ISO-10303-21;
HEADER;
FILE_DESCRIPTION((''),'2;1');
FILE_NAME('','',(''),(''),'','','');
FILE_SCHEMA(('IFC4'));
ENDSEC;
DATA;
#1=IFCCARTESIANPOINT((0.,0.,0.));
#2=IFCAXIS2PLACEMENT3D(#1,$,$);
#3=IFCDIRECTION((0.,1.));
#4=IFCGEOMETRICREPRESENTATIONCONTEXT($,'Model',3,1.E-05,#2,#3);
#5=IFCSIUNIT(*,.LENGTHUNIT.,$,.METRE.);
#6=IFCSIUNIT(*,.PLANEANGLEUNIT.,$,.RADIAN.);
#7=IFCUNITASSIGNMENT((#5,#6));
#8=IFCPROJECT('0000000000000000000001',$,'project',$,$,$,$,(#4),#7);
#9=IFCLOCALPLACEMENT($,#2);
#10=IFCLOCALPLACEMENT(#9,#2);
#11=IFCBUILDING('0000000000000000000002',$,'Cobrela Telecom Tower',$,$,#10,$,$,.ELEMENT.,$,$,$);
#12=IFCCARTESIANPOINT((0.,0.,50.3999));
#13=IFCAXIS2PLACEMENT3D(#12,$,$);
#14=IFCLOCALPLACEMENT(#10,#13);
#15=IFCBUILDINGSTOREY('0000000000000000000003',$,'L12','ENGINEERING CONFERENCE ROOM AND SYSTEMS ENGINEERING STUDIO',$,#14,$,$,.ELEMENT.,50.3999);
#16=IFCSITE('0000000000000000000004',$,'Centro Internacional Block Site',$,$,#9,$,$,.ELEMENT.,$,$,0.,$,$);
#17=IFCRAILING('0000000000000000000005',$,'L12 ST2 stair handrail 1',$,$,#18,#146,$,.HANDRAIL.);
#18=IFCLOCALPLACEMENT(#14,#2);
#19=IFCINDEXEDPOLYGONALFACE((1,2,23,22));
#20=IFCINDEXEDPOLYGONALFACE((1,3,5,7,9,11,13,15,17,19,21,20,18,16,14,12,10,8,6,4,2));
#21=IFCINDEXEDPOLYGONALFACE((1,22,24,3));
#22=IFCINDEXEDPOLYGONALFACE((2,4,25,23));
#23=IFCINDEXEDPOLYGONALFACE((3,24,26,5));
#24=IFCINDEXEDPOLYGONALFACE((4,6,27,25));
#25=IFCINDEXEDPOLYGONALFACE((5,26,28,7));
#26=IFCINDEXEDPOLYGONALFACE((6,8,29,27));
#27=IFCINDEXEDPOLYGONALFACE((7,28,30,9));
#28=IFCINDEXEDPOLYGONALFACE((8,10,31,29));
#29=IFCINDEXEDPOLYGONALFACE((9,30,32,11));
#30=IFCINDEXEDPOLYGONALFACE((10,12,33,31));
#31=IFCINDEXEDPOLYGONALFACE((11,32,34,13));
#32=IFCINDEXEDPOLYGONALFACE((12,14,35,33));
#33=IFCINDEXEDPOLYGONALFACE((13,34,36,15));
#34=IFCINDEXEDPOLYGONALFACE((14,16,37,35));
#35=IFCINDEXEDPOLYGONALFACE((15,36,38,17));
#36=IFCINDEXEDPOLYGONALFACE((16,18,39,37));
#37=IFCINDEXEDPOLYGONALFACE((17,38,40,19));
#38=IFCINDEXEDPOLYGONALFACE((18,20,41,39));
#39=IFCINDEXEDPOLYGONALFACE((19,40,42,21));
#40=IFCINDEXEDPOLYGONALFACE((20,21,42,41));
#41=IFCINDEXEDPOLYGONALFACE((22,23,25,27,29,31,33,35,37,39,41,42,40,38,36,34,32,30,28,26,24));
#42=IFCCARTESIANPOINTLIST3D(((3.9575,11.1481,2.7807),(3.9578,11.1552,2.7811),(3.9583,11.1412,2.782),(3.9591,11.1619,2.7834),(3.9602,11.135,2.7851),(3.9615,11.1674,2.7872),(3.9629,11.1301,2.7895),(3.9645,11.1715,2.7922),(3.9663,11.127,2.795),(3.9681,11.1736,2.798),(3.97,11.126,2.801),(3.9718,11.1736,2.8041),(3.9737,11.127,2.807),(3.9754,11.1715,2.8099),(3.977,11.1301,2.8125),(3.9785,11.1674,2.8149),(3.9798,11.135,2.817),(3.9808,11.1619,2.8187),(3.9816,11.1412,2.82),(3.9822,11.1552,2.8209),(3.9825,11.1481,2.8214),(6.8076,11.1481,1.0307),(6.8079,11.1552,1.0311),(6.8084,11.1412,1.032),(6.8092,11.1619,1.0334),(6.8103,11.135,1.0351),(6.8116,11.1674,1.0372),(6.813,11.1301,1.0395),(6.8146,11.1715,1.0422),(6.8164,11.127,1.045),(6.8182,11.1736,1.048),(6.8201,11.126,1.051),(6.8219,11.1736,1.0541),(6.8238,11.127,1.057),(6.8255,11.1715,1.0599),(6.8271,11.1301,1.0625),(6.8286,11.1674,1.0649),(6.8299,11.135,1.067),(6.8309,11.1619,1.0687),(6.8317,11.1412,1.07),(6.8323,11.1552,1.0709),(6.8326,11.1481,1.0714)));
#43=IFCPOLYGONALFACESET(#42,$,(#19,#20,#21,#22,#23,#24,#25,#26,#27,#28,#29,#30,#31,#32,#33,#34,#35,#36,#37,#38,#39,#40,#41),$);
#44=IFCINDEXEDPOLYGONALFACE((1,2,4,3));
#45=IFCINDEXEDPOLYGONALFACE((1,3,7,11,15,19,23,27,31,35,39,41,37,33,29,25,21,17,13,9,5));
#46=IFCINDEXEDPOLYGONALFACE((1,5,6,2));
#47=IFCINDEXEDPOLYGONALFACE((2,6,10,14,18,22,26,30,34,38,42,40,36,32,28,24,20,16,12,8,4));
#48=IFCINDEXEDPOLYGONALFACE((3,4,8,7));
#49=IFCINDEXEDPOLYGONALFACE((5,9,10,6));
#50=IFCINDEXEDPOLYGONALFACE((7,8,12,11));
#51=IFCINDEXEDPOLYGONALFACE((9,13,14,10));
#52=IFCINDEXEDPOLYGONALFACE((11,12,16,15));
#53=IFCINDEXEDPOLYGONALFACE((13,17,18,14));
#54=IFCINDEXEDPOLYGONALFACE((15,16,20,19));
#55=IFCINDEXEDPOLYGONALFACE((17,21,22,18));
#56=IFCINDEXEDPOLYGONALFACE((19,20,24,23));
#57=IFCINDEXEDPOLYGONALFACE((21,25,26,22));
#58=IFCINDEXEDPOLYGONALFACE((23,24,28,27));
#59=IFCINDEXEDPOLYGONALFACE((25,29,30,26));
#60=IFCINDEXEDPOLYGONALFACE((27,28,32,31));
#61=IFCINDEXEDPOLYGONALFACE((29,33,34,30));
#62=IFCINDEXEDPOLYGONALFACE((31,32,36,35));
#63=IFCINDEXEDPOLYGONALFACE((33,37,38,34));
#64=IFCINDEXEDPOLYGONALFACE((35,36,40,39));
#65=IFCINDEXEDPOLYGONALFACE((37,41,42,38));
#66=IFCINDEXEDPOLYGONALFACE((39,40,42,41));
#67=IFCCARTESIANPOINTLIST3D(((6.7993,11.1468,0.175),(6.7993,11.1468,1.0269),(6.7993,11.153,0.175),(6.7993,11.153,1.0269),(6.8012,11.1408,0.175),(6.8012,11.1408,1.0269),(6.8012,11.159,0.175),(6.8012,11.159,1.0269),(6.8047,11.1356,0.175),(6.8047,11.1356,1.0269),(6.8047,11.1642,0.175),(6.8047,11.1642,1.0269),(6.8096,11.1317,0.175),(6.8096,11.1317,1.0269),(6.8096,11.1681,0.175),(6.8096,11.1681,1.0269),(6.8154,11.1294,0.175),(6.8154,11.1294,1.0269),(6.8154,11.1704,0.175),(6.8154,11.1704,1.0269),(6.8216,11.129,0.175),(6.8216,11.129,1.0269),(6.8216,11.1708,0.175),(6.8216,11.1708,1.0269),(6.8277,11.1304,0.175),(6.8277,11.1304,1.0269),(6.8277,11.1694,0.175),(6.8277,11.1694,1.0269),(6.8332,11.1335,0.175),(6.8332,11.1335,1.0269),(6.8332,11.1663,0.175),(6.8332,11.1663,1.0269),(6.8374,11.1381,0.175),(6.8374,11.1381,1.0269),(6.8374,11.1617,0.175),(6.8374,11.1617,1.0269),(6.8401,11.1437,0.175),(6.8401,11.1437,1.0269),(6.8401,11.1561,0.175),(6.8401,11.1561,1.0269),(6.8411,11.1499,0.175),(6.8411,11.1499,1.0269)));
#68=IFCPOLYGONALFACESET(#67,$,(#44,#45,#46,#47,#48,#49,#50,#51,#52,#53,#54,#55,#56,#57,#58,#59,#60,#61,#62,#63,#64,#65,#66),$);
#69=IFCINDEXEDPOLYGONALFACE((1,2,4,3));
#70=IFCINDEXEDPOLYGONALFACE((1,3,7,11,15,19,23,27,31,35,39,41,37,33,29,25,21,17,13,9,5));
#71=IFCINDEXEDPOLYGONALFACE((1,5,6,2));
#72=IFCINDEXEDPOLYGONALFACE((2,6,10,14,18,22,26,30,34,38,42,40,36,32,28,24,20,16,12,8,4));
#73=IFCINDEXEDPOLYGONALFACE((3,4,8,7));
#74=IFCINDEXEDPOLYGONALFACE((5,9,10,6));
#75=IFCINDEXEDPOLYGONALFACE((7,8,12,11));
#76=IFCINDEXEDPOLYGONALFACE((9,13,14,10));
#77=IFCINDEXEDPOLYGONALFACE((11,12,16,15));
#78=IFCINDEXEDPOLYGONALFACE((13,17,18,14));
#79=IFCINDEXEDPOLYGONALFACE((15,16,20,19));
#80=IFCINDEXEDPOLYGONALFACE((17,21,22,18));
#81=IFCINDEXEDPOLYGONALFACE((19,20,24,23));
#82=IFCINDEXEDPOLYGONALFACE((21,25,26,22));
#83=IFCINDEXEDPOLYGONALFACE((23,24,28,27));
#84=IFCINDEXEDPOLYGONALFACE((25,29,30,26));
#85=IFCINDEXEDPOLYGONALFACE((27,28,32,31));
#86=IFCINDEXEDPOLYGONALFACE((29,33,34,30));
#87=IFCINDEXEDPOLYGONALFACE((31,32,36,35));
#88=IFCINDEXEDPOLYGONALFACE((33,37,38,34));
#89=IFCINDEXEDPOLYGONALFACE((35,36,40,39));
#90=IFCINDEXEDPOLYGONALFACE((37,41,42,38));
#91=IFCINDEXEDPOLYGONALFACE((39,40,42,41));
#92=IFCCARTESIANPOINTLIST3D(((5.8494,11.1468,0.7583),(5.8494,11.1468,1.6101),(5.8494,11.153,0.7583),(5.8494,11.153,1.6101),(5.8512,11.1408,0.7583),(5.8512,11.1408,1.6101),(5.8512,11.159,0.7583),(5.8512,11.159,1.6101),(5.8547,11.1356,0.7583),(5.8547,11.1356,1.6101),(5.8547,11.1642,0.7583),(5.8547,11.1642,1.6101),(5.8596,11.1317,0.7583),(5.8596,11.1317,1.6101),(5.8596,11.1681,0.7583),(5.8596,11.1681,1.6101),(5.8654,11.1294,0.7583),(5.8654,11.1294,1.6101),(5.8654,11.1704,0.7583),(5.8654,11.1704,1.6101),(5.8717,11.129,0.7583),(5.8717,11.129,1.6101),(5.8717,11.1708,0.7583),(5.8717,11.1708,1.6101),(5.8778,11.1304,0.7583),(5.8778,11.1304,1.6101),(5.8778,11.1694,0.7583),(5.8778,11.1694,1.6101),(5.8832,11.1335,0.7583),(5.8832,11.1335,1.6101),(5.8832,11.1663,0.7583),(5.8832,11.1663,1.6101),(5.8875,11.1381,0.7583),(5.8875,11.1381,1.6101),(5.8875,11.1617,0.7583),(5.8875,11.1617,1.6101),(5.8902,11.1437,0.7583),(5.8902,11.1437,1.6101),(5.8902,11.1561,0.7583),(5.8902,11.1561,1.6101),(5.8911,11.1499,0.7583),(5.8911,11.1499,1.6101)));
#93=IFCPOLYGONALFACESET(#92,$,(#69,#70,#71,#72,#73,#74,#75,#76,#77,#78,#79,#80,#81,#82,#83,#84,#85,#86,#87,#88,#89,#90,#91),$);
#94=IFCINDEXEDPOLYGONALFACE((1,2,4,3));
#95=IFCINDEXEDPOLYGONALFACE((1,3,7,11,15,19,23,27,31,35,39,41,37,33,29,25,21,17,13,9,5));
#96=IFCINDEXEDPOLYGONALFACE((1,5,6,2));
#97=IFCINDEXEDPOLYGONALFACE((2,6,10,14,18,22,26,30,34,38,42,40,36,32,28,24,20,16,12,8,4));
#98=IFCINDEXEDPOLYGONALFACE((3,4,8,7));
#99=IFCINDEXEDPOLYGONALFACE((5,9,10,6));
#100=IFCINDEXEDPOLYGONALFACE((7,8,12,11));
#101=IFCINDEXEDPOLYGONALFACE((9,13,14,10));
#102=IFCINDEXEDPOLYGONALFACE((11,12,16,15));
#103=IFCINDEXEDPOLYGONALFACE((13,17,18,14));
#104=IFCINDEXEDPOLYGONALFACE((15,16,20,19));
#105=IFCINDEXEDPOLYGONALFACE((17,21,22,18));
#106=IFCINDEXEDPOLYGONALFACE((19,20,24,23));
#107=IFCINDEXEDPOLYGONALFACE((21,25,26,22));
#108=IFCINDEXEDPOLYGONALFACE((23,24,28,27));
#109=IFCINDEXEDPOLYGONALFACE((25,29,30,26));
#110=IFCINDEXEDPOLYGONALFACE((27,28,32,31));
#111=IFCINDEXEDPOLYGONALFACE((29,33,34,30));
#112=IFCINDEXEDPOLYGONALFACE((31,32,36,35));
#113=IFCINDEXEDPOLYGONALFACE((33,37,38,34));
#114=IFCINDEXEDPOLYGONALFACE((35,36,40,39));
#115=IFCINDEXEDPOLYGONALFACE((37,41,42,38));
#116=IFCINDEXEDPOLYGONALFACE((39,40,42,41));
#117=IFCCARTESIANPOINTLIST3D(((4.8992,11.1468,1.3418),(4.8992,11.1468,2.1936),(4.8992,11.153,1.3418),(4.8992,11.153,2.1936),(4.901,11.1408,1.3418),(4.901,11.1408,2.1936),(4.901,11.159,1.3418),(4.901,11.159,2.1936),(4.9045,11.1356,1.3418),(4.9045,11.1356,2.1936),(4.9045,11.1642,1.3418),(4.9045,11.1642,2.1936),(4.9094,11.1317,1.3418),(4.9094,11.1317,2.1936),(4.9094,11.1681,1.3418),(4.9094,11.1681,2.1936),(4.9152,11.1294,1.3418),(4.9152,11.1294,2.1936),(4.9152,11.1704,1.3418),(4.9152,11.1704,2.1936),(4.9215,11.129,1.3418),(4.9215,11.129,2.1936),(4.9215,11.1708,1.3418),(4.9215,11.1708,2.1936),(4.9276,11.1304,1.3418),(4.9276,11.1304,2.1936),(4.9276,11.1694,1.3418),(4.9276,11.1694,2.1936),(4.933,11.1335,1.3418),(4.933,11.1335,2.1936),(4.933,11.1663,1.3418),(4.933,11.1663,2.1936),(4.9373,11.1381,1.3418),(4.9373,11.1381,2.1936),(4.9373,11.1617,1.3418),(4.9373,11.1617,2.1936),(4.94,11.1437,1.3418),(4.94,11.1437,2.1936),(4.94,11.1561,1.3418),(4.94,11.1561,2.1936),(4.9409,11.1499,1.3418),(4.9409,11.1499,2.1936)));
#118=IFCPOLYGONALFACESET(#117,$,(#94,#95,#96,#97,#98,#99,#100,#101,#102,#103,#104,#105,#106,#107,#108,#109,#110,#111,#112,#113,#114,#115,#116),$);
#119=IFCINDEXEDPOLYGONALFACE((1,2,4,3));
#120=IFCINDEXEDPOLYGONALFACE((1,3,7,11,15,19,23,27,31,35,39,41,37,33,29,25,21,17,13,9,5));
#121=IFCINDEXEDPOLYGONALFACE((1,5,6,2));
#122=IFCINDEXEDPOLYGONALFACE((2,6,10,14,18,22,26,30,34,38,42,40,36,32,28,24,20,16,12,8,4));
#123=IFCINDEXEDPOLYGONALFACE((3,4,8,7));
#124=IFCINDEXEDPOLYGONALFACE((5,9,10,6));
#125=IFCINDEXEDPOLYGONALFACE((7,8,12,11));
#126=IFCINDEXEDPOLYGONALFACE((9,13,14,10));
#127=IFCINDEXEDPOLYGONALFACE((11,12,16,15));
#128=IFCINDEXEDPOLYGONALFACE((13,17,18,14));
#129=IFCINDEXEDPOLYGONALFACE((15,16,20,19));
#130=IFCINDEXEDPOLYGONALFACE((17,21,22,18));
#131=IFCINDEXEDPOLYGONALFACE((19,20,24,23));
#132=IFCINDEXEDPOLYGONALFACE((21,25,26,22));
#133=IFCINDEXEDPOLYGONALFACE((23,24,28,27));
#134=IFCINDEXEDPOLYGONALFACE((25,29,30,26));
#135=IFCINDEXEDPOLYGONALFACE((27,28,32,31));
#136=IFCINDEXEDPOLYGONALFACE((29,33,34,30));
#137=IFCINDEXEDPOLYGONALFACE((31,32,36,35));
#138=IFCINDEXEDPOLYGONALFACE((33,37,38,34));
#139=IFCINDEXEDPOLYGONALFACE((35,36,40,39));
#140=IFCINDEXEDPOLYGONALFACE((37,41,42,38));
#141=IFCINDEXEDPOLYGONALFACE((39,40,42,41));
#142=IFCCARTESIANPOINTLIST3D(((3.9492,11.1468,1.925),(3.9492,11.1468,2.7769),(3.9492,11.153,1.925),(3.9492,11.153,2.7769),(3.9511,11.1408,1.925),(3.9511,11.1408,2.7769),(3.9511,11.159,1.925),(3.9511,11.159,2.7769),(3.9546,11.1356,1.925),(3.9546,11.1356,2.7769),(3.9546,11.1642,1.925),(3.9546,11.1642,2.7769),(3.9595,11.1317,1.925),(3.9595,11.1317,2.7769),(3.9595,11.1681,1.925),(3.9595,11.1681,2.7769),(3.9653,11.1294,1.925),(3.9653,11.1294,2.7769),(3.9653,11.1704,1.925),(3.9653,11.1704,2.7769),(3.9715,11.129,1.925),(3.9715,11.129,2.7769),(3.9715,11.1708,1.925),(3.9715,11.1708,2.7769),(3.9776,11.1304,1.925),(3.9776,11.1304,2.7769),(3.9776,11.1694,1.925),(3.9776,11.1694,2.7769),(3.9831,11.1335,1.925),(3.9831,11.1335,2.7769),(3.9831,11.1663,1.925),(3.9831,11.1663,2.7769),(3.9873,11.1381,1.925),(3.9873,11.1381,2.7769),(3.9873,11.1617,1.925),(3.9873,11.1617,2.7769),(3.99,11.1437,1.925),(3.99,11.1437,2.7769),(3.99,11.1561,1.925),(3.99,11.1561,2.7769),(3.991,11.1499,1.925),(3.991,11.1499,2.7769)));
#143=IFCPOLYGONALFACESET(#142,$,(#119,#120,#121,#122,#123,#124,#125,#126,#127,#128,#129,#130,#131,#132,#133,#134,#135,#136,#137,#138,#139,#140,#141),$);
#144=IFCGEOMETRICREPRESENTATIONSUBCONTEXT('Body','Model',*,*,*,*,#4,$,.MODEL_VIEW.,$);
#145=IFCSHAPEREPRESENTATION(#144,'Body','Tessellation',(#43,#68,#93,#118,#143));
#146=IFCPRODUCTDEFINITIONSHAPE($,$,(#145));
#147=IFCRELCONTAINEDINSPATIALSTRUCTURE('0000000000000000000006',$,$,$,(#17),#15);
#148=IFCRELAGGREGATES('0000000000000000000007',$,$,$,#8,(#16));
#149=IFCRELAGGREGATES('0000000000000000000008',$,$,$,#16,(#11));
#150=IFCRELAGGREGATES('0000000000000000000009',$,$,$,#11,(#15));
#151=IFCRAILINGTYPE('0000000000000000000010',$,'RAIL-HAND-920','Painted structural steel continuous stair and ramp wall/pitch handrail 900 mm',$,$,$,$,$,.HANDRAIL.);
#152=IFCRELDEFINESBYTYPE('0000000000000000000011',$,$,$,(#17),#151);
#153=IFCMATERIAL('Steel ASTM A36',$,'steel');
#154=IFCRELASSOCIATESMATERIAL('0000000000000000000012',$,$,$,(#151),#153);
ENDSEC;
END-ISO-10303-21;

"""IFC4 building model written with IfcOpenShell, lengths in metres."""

from ifc_helpers import new_model, si_unit, direction, frame, origin, origin_2d, place, context, subcontext, project, spatial, circle, extrude, material, type_object, element, save


model = new_model("IFC4")

# Units and contexts
model_context = context("Model", 3, precision=1e-05, world=origin(), true_north=direction((0.0, 1.0)))
body_context = subcontext(model_context, "Body", "Model", "MODEL_VIEW")
ifc_project = project(units=[si_unit("LENGTHUNIT", "METRE"), si_unit("PLANEANGLEUNIT", "RADIAN")], contexts=[model_context])

# Site, building, storey
site_placement = place(None, origin())
site = spatial("IfcSite", under=ifc_project, at=site_placement, Name="Centro Internacional Block Site", CompositionType="ELEMENT", RefElevation=0.0)
building_placement = place(site_placement, origin())
building = spatial("IfcBuilding", under=site, at=building_placement, Name="Cobrela Telecom Tower", CompositionType="ELEMENT")
storey_placement = place(building_placement, frame((0.0, 0.0, 50.3999)))
storey = spatial("IfcBuildingStorey", under=building, at=storey_placement, Name="L12", Description="ENGINEERING CONFERENCE ROOM AND SYSTEMS ENGINEERING STUDIO", CompositionType="ELEMENT", Elevation=50.3999)

# Railing
ifc_material_1 = material(Name="Steel ASTM A36", Category="steel")
railing_type_1 = type_object("IfcRailingType", Name="RAIL-HAND-920", Description="Painted structural steel continuous stair and ramp wall/pitch handrail 900 mm", PredefinedType="HANDRAIL", material=ifc_material_1)
railing_1_placement = place(storey_placement, frame((6.8201, 11.1499, 0.175)))
element("IfcRailing", 1, at=railing_1_placement, inside=storey, type_object=railing_type_1, Name="L12 ST2 stair handrail 1", PredefinedType="HANDRAIL", context=body_context, shape_type="SweptSolid", body=[
    extrude(circle(Radius=0.0239, at=origin_2d()), frame((0.0, 0.0, 0.876), z_axis=(-0.852179, 0.0, 0.52325), x_axis=(0.0, -1.0, 0.0)), (0.0, 0.0, 1.0), 3.3445),
    extrude(circle(Radius=0.021, at=origin_2d()), origin(), (0.0, 0.0, 1.0), 0.8518),
    extrude(circle(Radius=0.021, at=origin_2d()), frame((-0.95, 0.0, 0.5833)), (0.0, 0.0, 1.0), 0.8518),
    extrude(circle(Radius=0.021, at=origin_2d()), frame((-1.9001, 0.0, 1.1667)), (0.0, 0.0, 1.0), 0.8518),
    extrude(circle(Radius=0.021, at=origin_2d()), frame((-2.8501, 0.0, 1.75)), (0.0, 0.0, 1.0), 0.8518),
])

save(model, "model.ifc")
